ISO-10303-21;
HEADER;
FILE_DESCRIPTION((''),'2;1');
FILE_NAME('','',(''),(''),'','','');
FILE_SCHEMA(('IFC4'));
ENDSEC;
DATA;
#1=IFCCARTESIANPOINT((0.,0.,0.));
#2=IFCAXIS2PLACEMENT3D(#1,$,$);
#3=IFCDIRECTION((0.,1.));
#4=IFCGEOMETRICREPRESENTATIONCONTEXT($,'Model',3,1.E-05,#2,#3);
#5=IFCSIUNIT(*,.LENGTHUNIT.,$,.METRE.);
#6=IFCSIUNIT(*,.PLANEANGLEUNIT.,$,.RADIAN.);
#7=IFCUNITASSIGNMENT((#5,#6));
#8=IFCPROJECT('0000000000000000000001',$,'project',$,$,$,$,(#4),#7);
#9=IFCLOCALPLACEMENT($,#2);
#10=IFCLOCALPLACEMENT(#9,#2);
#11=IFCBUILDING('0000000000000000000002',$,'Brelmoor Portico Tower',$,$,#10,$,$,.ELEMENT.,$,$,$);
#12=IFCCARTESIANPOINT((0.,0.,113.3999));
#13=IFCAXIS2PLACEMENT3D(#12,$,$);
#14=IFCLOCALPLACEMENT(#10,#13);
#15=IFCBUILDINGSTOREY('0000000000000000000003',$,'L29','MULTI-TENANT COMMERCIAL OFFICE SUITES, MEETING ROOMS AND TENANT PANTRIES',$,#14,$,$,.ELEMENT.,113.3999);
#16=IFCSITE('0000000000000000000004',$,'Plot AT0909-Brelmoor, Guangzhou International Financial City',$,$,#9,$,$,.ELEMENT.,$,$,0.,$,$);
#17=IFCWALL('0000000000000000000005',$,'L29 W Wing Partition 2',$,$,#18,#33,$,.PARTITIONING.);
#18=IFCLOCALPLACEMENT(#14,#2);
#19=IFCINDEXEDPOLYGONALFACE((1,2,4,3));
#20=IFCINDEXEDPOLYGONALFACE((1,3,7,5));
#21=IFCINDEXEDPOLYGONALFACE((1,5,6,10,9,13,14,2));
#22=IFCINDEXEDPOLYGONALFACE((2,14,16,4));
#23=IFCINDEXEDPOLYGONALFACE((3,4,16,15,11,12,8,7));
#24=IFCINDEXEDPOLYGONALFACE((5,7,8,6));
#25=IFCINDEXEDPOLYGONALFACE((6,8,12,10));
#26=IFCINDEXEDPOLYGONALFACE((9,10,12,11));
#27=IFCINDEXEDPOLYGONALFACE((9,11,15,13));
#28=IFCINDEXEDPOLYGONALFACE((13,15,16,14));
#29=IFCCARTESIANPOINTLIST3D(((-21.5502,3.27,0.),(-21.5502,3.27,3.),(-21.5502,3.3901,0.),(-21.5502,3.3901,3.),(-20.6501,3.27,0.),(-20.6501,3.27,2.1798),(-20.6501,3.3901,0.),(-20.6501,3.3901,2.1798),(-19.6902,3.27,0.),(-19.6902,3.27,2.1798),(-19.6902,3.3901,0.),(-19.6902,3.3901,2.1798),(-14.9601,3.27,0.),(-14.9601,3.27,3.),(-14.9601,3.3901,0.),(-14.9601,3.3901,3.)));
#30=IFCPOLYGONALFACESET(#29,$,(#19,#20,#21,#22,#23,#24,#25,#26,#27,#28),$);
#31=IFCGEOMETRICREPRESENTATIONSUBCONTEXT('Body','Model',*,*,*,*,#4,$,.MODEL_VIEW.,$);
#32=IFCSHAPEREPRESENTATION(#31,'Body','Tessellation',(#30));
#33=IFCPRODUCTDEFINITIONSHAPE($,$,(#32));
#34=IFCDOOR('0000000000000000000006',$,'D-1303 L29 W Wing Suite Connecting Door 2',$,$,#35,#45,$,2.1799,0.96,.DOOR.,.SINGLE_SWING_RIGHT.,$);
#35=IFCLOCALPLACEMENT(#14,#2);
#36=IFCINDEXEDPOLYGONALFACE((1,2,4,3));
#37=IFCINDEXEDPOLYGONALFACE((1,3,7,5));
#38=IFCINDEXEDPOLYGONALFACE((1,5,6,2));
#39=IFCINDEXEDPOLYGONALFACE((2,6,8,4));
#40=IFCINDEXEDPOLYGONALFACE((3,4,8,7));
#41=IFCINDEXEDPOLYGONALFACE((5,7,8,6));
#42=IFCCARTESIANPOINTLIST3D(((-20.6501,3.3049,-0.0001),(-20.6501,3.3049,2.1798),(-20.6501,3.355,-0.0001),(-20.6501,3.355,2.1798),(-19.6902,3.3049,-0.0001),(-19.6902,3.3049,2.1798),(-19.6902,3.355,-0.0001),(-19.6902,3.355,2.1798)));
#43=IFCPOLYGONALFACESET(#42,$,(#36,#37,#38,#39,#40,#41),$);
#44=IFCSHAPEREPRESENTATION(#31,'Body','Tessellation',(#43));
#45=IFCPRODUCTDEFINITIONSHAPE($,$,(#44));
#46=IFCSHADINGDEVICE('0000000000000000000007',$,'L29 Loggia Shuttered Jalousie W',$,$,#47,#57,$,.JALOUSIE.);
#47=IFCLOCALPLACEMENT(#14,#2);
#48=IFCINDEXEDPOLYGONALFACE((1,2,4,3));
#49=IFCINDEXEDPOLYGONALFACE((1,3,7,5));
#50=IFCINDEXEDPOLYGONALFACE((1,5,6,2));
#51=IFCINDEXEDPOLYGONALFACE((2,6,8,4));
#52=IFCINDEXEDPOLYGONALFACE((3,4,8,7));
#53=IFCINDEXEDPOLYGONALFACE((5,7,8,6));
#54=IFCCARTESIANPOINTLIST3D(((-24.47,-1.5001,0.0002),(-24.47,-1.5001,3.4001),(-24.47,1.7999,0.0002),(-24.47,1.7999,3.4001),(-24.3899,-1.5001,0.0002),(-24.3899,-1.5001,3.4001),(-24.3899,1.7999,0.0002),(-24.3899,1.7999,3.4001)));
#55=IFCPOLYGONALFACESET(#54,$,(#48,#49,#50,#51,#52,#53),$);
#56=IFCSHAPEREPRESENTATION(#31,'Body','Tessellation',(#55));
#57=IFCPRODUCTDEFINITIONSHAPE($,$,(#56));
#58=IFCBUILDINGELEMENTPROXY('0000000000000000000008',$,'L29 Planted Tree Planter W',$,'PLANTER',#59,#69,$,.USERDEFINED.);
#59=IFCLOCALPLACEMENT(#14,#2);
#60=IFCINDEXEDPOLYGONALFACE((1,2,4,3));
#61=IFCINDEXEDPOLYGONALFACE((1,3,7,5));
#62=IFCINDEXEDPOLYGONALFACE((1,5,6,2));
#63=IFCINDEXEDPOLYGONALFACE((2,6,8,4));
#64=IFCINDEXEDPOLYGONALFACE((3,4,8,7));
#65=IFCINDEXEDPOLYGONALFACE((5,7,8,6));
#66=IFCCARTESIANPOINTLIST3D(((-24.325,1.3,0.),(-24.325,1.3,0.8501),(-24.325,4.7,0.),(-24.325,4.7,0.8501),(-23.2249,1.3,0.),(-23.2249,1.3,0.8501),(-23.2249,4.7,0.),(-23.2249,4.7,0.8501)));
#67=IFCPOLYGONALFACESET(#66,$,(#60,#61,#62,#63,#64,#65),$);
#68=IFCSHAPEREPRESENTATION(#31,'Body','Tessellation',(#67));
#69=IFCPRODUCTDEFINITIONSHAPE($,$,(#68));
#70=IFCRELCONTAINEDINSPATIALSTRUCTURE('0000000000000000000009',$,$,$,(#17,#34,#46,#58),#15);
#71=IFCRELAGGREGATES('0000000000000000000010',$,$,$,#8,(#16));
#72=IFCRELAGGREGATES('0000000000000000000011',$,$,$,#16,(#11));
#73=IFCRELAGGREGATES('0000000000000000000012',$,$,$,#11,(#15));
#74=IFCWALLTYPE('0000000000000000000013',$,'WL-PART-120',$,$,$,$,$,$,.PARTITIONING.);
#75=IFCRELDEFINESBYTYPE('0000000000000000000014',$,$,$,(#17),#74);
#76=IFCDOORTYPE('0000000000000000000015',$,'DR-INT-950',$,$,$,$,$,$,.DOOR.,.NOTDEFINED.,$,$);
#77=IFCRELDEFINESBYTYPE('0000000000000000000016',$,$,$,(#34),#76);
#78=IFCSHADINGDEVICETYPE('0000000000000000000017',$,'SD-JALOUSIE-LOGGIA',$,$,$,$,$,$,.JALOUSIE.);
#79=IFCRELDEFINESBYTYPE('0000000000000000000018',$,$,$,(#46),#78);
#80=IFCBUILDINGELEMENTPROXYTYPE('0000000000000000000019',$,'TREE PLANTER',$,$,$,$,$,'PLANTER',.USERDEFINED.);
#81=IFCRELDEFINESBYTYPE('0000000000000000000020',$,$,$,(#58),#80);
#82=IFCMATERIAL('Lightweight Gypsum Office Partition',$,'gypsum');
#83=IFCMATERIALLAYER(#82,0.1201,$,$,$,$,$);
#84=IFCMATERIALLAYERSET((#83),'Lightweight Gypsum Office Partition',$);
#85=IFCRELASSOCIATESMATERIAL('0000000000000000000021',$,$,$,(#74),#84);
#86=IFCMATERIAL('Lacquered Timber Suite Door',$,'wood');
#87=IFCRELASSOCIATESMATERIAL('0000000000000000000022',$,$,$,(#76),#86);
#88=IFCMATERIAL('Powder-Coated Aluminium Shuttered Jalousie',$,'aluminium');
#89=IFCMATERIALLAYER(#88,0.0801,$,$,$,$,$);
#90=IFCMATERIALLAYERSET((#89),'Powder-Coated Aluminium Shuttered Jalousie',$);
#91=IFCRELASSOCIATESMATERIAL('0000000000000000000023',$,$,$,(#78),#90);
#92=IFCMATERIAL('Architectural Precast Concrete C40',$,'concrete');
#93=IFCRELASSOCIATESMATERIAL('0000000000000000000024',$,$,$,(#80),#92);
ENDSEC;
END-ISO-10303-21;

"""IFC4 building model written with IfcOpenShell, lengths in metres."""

from ifc_helpers import new_model, si_unit, direction, frame, frame_2d, origin, origin_2d, place, context, subcontext, project, spatial, rectangle, extrude, material, layer, layer_set, type_object, element, fill, save


model = new_model("IFC4")

# Units and contexts
model_context = context("Model", 3, precision=1e-05, world=origin(), true_north=direction((0.0, 1.0)))
body_context = subcontext(model_context, "Body", "Model", "MODEL_VIEW")
ifc_project = project(units=[si_unit("LENGTHUNIT", "METRE"), si_unit("PLANEANGLEUNIT", "RADIAN")], contexts=[model_context])

# Site, building, storey
site_placement = place(None, origin())
site = spatial("IfcSite", under=ifc_project, at=site_placement, Name="Plot AT0909-Brelmoor, Guangzhou International Financial City", CompositionType="ELEMENT", RefElevation=0.0)
building_placement = place(site_placement, origin())
building = spatial("IfcBuilding", under=site, at=building_placement, Name="Brelmoor Portico Tower", CompositionType="ELEMENT")
storey_placement = place(building_placement, frame((0.0, 0.0, 113.3999)))
storey = spatial("IfcBuildingStorey", under=building, at=storey_placement, Name="L29", Description="MULTI-TENANT COMMERCIAL OFFICE SUITES, MEETING ROOMS AND TENANT PANTRIES", CompositionType="ELEMENT", Elevation=113.3999)

# Wall, opening, door
ifc_material_1 = material(Name="Lightweight Gypsum Office Partition", Category="gypsum")
ifc_layer_1 = layer(ifc_material_1, 0.1201)
ifc_layer_set_1 = layer_set([ifc_layer_1], Name="Lightweight Gypsum Office Partition")
wall_type = type_object("IfcWallType", Name="WL-PART-120", PredefinedType="PARTITIONING", material=ifc_layer_set_1)
wall_placement = place(storey_placement, frame((-21.55, 3.3301, 0.0), z_axis=(0.0, 0.0, 1.0), x_axis=(1.0, 0.0, 0.0)))
wall = element("IfcWall", 1, at=wall_placement, inside=storey, type_object=wall_type, Name="L29 W Wing Partition 2", PredefinedType="PARTITIONING", context=body_context, shape_type="SweptSolid", body=[
    extrude(rectangle(XDim=6.5901, YDim=0.1201, at=frame_2d((3.2949, 0.0))), origin(), (0.0, 0.0, 1.0), 3.0),
])
opening_placement = place(wall_placement, frame((0.8999, 0.0, 0.0)))
opening = element("IfcOpeningElement", 2, at=opening_placement, cuts=wall, PredefinedType="OPENING", context=body_context, shape_type="SweptSolid", body=[
    extrude(rectangle(XDim=0.96, YDim=2.1799, at=frame_2d((0.48, 1.0898))), frame((0.0, 0.0701, 0.0), z_axis=(0.0, -1.0, 0.0), x_axis=(1.0, 0.0, 0.0)), (0.0, 0.0, 1.0), 0.1401),
])
ifc_material_2 = material(Name="Lacquered Timber Suite Door", Category="wood")
door_type = type_object("IfcDoorType", Name="DR-INT-950", OperationType="NOTDEFINED", PredefinedType="DOOR", material=ifc_material_2)
door_placement = place(opening_placement, origin())
door = element("IfcDoor", 3, at=door_placement, inside=storey, type_object=door_type, Name="D-1303 L29 W Wing Suite Connecting Door 2", OperationType="SINGLE_SWING_RIGHT", OverallHeight=2.1799, OverallWidth=0.96, PredefinedType="DOOR", context=body_context, shape_type="SweptSolid", body=[
    extrude(rectangle(XDim=0.96, YDim=2.1799, at=frame_2d((0.48, 1.0898))), frame((0.0, 0.0249, 0.0), z_axis=(0.0, -1.0, 0.0), x_axis=(1.0, 0.0, 0.0)), (0.0, 0.0, 1.0), 0.05),
])
fill(opening, door)

# Shading device
ifc_material_3 = material(Name="Powder-Coated Aluminium Shuttered Jalousie", Category="aluminium")
ifc_layer_2 = layer(ifc_material_3, 0.0801)
ifc_layer_set_2 = layer_set([ifc_layer_2], Name="Powder-Coated Aluminium Shuttered Jalousie")
shading_device_type = type_object("IfcShadingDeviceType", Name="SD-JALOUSIE-LOGGIA", PredefinedType="JALOUSIE", material=ifc_layer_set_2)
shading_device_placement = place(storey_placement, frame((-24.4299, 0.1499, 0.0002), z_axis=(0.0, 0.0, 1.0), x_axis=(0.0, 1.0, 0.0)))
element("IfcShadingDevice", 4, at=shading_device_placement, inside=storey, type_object=shading_device_type, Name="L29 Loggia Shuttered Jalousie W", PredefinedType="JALOUSIE", context=body_context, shape_type="SweptSolid", body=[
    extrude(rectangle(XDim=3.3, YDim=0.0801, at=origin_2d()), origin(), (0.0, 0.0, 1.0), 3.3999),
])

# Building element proxy
ifc_material_4 = material(Name="Architectural Precast Concrete C40", Category="concrete")
building_element_proxy_type = type_object("IfcBuildingElementProxyType", Name="TREE PLANTER", ElementType="PLANTER", PredefinedType="USERDEFINED", material=ifc_material_4)
proxy_placement = place(storey_placement, frame((-23.7749, 3.0, 0.0), z_axis=(0.0, 0.0, 1.0), x_axis=(0.0, 1.0, 0.0)))
element("IfcBuildingElementProxy", 5, at=proxy_placement, inside=storey, type_object=building_element_proxy_type, Name="L29 Planted Tree Planter W", ObjectType="PLANTER", PredefinedType="USERDEFINED", context=body_context, shape_type="SweptSolid", body=[
    extrude(rectangle(XDim=3.3999, YDim=1.1001, at=origin_2d()), origin(), (0.0, 0.0, 1.0), 0.8501),
])

save(model, "model.ifc")
